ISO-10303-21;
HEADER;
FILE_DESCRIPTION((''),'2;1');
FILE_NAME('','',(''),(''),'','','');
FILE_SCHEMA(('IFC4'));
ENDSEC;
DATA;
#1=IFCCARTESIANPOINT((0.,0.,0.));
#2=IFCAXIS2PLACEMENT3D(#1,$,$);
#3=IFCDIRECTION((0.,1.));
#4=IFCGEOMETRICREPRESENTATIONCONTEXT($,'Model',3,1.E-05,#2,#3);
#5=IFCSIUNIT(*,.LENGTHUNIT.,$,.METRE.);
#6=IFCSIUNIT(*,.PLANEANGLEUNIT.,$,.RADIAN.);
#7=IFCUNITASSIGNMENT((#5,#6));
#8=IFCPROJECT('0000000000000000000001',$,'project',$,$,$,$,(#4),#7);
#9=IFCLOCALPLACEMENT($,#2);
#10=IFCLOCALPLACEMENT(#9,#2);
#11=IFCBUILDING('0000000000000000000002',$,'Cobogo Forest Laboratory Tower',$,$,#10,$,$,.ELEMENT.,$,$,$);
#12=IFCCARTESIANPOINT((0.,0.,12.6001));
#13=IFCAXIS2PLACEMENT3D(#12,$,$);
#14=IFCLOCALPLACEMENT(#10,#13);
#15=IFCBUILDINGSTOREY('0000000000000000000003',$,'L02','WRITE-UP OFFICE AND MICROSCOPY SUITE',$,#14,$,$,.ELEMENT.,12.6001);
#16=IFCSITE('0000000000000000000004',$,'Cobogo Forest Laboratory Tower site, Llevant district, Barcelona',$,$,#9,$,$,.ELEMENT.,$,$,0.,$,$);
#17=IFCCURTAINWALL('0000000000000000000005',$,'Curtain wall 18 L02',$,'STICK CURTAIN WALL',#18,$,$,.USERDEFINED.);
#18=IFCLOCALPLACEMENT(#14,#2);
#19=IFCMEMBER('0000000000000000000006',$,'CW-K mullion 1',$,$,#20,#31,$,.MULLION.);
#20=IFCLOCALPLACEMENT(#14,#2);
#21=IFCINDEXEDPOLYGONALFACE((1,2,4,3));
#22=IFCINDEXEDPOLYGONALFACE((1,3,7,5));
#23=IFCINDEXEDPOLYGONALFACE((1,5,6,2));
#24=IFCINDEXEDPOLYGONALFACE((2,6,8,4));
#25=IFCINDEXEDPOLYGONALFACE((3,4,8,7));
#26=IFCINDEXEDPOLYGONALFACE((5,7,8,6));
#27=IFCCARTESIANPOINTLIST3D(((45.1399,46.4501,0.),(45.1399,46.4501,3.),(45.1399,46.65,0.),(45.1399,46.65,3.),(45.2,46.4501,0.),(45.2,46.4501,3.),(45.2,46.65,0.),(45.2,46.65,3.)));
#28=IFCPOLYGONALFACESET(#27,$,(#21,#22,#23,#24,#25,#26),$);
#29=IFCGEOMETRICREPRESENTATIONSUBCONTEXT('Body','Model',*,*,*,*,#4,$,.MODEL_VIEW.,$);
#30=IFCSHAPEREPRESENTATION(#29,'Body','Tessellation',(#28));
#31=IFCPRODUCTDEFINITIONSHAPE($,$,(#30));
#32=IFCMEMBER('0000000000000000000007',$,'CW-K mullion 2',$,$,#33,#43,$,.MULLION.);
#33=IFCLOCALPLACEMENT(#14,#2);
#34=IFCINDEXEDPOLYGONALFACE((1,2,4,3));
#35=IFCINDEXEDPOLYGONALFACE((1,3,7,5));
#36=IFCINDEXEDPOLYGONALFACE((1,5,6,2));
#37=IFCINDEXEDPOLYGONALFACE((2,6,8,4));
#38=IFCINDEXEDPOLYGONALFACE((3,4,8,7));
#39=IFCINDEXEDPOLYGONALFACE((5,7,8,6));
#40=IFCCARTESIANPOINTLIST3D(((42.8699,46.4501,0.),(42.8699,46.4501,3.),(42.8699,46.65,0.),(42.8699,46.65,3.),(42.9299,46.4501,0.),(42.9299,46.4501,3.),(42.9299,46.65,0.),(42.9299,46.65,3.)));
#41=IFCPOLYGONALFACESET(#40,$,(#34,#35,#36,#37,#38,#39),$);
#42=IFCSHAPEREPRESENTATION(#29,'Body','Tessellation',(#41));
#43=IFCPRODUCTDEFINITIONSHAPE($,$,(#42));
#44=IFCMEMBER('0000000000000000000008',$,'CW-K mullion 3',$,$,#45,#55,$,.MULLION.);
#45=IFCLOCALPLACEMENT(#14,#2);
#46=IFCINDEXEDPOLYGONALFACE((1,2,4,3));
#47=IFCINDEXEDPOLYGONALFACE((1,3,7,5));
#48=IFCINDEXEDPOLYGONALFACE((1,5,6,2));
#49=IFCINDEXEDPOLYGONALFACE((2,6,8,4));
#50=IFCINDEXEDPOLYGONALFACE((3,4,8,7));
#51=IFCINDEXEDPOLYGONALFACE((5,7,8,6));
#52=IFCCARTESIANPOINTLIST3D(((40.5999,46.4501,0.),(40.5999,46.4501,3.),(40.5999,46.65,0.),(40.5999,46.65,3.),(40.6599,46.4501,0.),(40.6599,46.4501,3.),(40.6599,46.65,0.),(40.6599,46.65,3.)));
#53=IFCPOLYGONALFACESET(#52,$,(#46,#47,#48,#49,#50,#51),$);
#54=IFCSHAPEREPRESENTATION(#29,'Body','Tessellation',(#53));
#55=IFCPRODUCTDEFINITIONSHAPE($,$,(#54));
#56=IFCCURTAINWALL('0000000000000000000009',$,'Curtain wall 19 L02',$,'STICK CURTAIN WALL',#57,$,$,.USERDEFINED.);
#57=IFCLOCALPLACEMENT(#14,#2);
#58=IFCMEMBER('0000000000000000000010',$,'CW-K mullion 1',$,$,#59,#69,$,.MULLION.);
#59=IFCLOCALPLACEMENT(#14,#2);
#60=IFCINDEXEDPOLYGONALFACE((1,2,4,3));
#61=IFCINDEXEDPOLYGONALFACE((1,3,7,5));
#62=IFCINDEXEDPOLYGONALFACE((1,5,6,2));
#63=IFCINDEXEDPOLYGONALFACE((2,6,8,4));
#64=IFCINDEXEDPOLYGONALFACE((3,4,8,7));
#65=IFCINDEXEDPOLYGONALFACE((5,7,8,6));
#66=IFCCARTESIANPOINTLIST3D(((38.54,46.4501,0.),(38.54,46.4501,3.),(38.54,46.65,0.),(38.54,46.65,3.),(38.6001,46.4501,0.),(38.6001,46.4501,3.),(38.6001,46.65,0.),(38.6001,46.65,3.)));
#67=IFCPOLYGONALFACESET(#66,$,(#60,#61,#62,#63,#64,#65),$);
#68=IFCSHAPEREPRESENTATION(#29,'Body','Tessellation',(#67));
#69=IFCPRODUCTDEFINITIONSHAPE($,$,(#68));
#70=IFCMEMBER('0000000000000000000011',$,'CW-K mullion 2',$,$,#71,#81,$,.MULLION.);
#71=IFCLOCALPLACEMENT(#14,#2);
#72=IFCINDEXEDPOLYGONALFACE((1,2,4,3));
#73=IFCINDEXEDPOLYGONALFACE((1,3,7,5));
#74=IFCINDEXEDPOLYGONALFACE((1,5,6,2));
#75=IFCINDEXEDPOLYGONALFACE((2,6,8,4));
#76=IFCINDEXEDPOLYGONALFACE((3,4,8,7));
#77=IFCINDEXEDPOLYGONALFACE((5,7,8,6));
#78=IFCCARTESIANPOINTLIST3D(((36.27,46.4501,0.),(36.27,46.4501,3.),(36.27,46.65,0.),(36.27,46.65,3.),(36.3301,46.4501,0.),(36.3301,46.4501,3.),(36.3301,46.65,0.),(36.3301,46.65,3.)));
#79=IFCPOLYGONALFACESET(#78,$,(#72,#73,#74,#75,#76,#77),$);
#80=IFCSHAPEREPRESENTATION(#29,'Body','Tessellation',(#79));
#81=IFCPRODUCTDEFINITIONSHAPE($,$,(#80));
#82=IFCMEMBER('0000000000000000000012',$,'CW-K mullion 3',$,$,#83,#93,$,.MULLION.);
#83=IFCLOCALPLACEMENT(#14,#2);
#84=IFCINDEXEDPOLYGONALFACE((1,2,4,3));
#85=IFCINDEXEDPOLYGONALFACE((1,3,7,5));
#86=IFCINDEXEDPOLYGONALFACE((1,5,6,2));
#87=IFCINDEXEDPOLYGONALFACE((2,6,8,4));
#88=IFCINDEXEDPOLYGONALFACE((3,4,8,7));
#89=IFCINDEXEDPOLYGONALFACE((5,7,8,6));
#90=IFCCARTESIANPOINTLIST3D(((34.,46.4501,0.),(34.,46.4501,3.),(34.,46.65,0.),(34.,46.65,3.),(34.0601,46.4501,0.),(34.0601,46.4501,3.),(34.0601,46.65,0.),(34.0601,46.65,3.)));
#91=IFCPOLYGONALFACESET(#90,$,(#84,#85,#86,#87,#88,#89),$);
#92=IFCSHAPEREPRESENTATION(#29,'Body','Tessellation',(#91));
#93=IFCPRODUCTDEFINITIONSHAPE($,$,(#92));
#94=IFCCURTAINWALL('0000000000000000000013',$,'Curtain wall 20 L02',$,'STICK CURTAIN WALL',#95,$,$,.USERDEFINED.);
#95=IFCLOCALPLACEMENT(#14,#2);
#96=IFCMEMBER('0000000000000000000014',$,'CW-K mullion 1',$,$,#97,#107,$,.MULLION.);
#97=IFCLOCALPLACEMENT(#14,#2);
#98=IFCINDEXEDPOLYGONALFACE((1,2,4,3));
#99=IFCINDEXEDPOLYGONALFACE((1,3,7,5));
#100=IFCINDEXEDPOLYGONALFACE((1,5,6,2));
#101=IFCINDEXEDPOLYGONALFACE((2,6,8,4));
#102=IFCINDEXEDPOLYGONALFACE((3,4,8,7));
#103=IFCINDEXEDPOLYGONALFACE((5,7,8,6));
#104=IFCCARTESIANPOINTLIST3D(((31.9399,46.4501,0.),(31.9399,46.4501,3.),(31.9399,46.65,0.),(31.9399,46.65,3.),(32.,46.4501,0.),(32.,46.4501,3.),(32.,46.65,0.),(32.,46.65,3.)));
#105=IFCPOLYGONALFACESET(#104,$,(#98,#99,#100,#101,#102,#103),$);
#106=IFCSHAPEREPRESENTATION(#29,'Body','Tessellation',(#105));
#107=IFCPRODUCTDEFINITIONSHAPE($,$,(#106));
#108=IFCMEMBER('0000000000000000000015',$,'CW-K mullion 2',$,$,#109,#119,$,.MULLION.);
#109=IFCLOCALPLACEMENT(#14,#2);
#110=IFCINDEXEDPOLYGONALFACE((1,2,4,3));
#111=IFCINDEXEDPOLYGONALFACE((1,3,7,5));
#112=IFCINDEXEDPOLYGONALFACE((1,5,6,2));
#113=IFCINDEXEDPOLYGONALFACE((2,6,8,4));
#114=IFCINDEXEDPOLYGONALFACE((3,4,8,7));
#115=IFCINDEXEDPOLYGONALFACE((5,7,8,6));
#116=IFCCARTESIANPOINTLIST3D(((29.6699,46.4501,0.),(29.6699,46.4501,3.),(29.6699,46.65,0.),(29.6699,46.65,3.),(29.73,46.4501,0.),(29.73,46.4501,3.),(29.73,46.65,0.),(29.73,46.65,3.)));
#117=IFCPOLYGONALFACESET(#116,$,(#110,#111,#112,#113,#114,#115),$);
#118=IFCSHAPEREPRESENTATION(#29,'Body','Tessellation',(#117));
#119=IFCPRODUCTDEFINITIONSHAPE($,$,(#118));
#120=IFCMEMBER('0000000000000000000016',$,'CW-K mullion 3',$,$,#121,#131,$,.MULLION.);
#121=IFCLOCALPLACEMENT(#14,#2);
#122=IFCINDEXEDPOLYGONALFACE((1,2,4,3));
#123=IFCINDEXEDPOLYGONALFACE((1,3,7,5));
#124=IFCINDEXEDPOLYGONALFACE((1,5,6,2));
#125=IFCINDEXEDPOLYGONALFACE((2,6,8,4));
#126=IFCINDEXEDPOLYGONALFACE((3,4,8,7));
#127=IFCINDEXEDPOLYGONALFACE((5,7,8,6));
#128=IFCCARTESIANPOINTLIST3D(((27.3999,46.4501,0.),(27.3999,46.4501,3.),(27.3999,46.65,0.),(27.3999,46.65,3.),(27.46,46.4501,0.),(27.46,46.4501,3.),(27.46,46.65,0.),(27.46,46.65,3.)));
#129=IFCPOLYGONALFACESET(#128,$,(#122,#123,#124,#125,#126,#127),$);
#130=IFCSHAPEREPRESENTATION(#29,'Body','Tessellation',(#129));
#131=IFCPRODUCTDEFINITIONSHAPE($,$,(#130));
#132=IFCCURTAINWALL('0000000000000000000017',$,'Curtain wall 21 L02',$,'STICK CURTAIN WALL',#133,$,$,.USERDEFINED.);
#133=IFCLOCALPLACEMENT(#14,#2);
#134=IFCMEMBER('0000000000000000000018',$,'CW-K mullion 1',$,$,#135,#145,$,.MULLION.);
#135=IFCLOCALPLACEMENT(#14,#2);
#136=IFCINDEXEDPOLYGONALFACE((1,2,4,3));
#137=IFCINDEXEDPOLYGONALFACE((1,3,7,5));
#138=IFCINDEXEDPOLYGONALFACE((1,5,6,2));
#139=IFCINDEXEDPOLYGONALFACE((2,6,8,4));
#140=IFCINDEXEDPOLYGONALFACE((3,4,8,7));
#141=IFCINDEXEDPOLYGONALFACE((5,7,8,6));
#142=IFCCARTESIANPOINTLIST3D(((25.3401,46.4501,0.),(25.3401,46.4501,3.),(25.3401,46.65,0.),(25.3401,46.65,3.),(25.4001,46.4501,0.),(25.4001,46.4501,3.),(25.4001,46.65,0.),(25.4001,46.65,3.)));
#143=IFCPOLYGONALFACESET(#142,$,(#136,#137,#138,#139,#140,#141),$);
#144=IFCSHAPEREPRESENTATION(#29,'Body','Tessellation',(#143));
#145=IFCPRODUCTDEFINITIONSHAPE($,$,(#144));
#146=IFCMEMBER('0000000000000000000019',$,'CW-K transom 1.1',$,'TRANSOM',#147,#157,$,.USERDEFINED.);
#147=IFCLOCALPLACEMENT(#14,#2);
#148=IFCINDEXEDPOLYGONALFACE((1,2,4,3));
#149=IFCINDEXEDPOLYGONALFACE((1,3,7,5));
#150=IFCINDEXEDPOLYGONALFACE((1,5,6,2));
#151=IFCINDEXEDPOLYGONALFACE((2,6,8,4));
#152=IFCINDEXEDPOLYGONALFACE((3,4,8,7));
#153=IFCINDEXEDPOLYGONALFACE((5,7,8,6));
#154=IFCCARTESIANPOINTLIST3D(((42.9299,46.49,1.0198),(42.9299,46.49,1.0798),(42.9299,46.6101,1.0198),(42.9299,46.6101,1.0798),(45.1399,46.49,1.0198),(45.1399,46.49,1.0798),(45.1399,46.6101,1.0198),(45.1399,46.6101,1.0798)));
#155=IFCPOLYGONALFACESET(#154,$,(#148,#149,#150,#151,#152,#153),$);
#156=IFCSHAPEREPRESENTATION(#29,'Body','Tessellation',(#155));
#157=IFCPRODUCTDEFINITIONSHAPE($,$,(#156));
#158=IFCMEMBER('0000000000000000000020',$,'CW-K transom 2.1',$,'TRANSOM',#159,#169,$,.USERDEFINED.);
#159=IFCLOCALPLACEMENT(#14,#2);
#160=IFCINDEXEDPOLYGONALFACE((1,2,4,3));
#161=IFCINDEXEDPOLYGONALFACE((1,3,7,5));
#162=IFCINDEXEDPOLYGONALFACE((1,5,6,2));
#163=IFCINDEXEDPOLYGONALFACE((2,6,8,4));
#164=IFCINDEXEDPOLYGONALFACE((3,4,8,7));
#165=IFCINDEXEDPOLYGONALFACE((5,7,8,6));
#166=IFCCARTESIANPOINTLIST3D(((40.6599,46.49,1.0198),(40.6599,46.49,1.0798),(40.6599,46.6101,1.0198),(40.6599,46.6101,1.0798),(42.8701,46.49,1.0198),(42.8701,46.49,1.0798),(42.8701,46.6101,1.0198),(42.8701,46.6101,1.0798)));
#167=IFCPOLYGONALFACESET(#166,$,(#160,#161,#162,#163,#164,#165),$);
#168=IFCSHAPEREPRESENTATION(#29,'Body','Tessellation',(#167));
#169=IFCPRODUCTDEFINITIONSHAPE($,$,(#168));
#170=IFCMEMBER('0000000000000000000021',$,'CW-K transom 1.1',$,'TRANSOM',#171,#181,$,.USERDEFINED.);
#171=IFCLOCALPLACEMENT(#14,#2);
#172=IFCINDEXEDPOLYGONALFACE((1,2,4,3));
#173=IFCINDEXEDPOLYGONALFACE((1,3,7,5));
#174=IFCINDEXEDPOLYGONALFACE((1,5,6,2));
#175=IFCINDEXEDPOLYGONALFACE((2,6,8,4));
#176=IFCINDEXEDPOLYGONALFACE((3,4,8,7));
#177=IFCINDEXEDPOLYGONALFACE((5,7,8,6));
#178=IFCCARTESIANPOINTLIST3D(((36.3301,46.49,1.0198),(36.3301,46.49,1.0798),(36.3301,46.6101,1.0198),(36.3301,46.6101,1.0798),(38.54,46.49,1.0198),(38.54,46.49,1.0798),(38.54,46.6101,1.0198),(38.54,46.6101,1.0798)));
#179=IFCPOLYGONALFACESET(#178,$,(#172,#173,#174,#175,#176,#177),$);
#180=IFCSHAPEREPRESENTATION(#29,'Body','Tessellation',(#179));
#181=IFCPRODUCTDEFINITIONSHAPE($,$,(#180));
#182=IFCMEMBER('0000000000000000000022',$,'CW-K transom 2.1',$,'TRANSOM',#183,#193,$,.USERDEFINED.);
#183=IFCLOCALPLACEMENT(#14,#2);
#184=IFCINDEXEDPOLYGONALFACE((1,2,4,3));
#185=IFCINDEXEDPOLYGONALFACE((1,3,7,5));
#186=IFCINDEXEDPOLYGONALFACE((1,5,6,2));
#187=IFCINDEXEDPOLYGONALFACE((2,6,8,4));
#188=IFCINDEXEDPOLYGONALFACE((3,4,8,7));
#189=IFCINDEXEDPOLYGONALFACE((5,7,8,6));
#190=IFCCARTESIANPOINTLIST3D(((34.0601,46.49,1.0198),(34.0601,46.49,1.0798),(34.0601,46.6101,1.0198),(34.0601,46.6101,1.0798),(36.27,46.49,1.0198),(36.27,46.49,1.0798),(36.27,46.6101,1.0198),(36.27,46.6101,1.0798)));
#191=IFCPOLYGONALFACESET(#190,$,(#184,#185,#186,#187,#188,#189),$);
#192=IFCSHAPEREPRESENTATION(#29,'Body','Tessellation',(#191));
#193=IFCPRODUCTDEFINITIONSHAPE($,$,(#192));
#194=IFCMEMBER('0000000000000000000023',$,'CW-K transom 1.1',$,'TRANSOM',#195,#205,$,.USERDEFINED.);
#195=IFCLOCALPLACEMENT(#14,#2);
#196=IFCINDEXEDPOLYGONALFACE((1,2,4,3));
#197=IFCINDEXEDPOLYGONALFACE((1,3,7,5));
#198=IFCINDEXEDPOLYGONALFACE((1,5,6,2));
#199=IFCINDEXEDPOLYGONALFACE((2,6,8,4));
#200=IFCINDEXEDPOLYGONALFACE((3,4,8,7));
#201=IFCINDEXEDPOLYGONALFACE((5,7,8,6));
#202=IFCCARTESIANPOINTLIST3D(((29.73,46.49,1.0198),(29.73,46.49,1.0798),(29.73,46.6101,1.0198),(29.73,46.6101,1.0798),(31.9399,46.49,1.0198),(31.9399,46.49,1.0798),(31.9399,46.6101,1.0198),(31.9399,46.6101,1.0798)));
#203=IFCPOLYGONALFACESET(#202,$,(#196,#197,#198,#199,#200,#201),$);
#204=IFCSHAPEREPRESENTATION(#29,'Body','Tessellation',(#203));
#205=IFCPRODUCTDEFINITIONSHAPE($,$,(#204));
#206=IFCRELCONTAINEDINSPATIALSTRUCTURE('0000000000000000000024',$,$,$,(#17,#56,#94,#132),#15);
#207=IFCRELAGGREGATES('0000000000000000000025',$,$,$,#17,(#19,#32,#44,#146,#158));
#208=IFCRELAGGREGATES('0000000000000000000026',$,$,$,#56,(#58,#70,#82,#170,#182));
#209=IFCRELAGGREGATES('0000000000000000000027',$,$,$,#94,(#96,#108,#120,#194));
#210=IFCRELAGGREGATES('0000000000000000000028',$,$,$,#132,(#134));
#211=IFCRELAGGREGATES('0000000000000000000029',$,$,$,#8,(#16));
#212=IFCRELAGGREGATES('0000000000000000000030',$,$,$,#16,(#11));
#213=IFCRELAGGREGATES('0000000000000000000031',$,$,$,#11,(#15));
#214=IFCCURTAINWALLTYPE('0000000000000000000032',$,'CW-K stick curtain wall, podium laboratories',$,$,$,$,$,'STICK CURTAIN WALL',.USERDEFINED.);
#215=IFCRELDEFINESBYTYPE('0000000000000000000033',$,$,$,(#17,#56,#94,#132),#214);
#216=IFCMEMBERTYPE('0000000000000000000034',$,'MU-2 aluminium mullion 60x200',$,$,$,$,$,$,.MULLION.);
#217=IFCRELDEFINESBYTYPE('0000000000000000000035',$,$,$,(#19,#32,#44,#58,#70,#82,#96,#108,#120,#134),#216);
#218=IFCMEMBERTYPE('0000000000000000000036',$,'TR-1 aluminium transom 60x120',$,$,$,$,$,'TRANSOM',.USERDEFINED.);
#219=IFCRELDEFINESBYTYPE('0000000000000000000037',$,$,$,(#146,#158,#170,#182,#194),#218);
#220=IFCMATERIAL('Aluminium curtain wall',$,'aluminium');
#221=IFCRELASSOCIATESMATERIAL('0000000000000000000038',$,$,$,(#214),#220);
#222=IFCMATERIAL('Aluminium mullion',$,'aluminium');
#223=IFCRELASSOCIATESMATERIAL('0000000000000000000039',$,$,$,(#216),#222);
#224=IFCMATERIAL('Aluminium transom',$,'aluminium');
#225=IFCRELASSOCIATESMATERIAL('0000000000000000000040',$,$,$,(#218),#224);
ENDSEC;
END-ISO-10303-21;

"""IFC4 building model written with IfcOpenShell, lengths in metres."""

from ifc_helpers import new_model, si_unit, direction, frame, origin, origin_2d, place, context, subcontext, project, spatial, rectangle, extrude, material, material_profile, profile_set, type_object, element, aggregate, save


model = new_model("IFC4")

# Units and contexts
model_context = context("Model", 3, precision=1e-05, world=origin(), true_north=direction((0.0, 1.0)))
body_context = subcontext(model_context, "Body", "Model", "MODEL_VIEW")
ifc_project = project(units=[si_unit("LENGTHUNIT", "METRE"), si_unit("PLANEANGLEUNIT", "RADIAN")], contexts=[model_context])

# Site, building, storey
site_placement = place(None, origin())
site = spatial("IfcSite", under=ifc_project, at=site_placement, Name="Cobogo Forest Laboratory Tower site, Llevant district, Barcelona", CompositionType="ELEMENT", RefElevation=0.0)
building_placement = place(site_placement, origin())
building = spatial("IfcBuilding", under=site, at=building_placement, Name="Cobogo Forest Laboratory Tower", CompositionType="ELEMENT")
storey_placement = place(building_placement, frame((0.0, 0.0, 12.6001)))
storey = spatial("IfcBuildingStorey", under=building, at=storey_placement, Name="L02", Description="WRITE-UP OFFICE AND MICROSCOPY SUITE", CompositionType="ELEMENT", Elevation=12.6001)

# Curtain walls, members
ifc_material_1 = material(Name="Aluminium curtain wall", Category="aluminium")
curtain_wall_type = type_object("IfcCurtainWallType", Name="CW-K stick curtain wall, podium laboratories", ElementType="STICK CURTAIN WALL", PredefinedType="USERDEFINED", material=ifc_material_1)
curtain_wall_1_placement = place(storey_placement, origin())
curtain_wall_1 = element("IfcCurtainWall", 1, at=curtain_wall_1_placement, inside=storey, type_object=curtain_wall_type, Name="Curtain wall 18 L02", ObjectType="STICK CURTAIN WALL", PredefinedType="USERDEFINED")
ifc_material_2 = material(Name="Aluminium mullion", Category="aluminium")
ifc_material_profile_1 = material_profile(ifc_material_2, rectangle(XDim=0.0601, YDim=0.2, at=origin_2d()), Name="AL 60x200")
ifc_profile_set_1 = profile_set([ifc_material_profile_1], Name="Aluminium mullion")
member_type_1 = type_object("IfcMemberType", Name="MU-2 aluminium mullion 60x200", PredefinedType="MULLION", material=ifc_profile_set_1)
member_1_placement = place(storey_placement, frame((45.1699, 46.55, 0.0), z_axis=(0.0, 0.0, 1.0), x_axis=(-1.0, 0.0, 0.0)))
member_1 = element("IfcMember", 2, at=member_1_placement, type_object=member_type_1, Name="CW-K mullion 1", PredefinedType="MULLION", context=body_context, shape_type="SweptSolid", body=[
    extrude(rectangle(XDim=0.0601, YDim=0.2, at=origin_2d()), origin(), (0.0, 0.0, 1.0), 3.0),
])
member_2_placement = place(storey_placement, frame((42.8999, 46.55, 0.0), z_axis=(0.0, 0.0, 1.0), x_axis=(-1.0, 0.0, 0.0)))
member_2 = element("IfcMember", 3, at=member_2_placement, type_object=member_type_1, Name="CW-K mullion 2", PredefinedType="MULLION", context=body_context, shape_type="SweptSolid", body=[
    extrude(rectangle(XDim=0.0601, YDim=0.2, at=origin_2d()), origin(), (0.0, 0.0, 1.0), 3.0),
])
member_3_placement = place(storey_placement, frame((40.6299, 46.55, 0.0), z_axis=(0.0, 0.0, 1.0), x_axis=(-1.0, 0.0, 0.0)))
member_3 = element("IfcMember", 4, at=member_3_placement, type_object=member_type_1, Name="CW-K mullion 3", PredefinedType="MULLION", context=body_context, shape_type="SweptSolid", body=[
    extrude(rectangle(XDim=0.0601, YDim=0.2, at=origin_2d()), origin(), (0.0, 0.0, 1.0), 3.0),
])
curtain_wall_2_placement = place(storey_placement, origin())
curtain_wall_2 = element("IfcCurtainWall", 5, at=curtain_wall_2_placement, inside=storey, type_object=curtain_wall_type, Name="Curtain wall 19 L02", ObjectType="STICK CURTAIN WALL", PredefinedType="USERDEFINED")
member_4_placement = place(storey_placement, frame((38.5701, 46.55, 0.0), z_axis=(0.0, 0.0, 1.0), x_axis=(-1.0, 0.0, 0.0)))
member_4 = element("IfcMember", 6, at=member_4_placement, type_object=member_type_1, Name="CW-K mullion 1", PredefinedType="MULLION", context=body_context, shape_type="SweptSolid", body=[
    extrude(rectangle(XDim=0.0601, YDim=0.2, at=origin_2d()), origin(), (0.0, 0.0, 1.0), 3.0),
])
member_5_placement = place(storey_placement, frame((36.3, 46.55, 0.0), z_axis=(0.0, 0.0, 1.0), x_axis=(-1.0, 0.0, 0.0)))
member_5 = element("IfcMember", 7, at=member_5_placement, type_object=member_type_1, Name="CW-K mullion 2", PredefinedType="MULLION", context=body_context, shape_type="SweptSolid", body=[
    extrude(rectangle(XDim=0.0601, YDim=0.2, at=origin_2d()), origin(), (0.0, 0.0, 1.0), 3.0),
])
member_6_placement = place(storey_placement, frame((34.03, 46.55, 0.0), z_axis=(0.0, 0.0, 1.0), x_axis=(-1.0, 0.0, 0.0)))
member_6 = element("IfcMember", 8, at=member_6_placement, type_object=member_type_1, Name="CW-K mullion 3", PredefinedType="MULLION", context=body_context, shape_type="SweptSolid", body=[
    extrude(rectangle(XDim=0.0601, YDim=0.2, at=origin_2d()), origin(), (0.0, 0.0, 1.0), 3.0),
])
curtain_wall_3_placement = place(storey_placement, origin())
curtain_wall_3 = element("IfcCurtainWall", 9, at=curtain_wall_3_placement, inside=storey, type_object=curtain_wall_type, Name="Curtain wall 20 L02", ObjectType="STICK CURTAIN WALL", PredefinedType="USERDEFINED")
member_7_placement = place(storey_placement, frame((31.97, 46.55, 0.0), z_axis=(0.0, 0.0, 1.0), x_axis=(-1.0, 0.0, 0.0)))
member_7 = element("IfcMember", 10, at=member_7_placement, type_object=member_type_1, Name="CW-K mullion 1", PredefinedType="MULLION", context=body_context, shape_type="SweptSolid", body=[
    extrude(rectangle(XDim=0.0601, YDim=0.2, at=origin_2d()), origin(), (0.0, 0.0, 1.0), 3.0),
])
member_8_placement = place(storey_placement, frame((29.7, 46.55, 0.0), z_axis=(0.0, 0.0, 1.0), x_axis=(-1.0, 0.0, 0.0)))
member_8 = element("IfcMember", 11, at=member_8_placement, type_object=member_type_1, Name="CW-K mullion 2", PredefinedType="MULLION", context=body_context, shape_type="SweptSolid", body=[
    extrude(rectangle(XDim=0.0601, YDim=0.2, at=origin_2d()), origin(), (0.0, 0.0, 1.0), 3.0),
])
member_9_placement = place(storey_placement, frame((27.4299, 46.55, 0.0), z_axis=(0.0, 0.0, 1.0), x_axis=(-1.0, 0.0, 0.0)))
member_9 = element("IfcMember", 12, at=member_9_placement, type_object=member_type_1, Name="CW-K mullion 3", PredefinedType="MULLION", context=body_context, shape_type="SweptSolid", body=[
    extrude(rectangle(XDim=0.0601, YDim=0.2, at=origin_2d()), origin(), (0.0, 0.0, 1.0), 3.0),
])

# Curtain wall, member
curtain_wall_4_placement = place(storey_placement, origin())
curtain_wall_4 = element("IfcCurtainWall", 13, at=curtain_wall_4_placement, inside=storey, type_object=curtain_wall_type, Name="Curtain wall 21 L02", ObjectType="STICK CURTAIN WALL", PredefinedType="USERDEFINED")
member_10_placement = place(storey_placement, frame((25.3701, 46.55, 0.0), z_axis=(0.0, 0.0, 1.0), x_axis=(-1.0, 0.0, 0.0)))
member_10 = element("IfcMember", 14, at=member_10_placement, type_object=member_type_1, Name="CW-K mullion 1", PredefinedType="MULLION", context=body_context, shape_type="SweptSolid", body=[
    extrude(rectangle(XDim=0.0601, YDim=0.2, at=origin_2d()), origin(), (0.0, 0.0, 1.0), 3.0),
])

# Members
ifc_material_3 = material(Name="Aluminium transom", Category="aluminium")
ifc_material_profile_2 = material_profile(ifc_material_3, rectangle(XDim=0.1201, YDim=0.0601, at=origin_2d()), Name="AL 60x120")
ifc_profile_set_2 = profile_set([ifc_material_profile_2], Name="Aluminium transom")
member_type_2 = type_object("IfcMemberType", Name="TR-1 aluminium transom 60x120", ElementType="TRANSOM", PredefinedType="USERDEFINED", material=ifc_profile_set_2)
member_11_placement = place(storey_placement, frame((45.1399, 46.55, 1.0498), z_axis=(-1.0, 0.0, 0.0), x_axis=(0.0, -1.0, 0.0)))
member_11 = element("IfcMember", 15, at=member_11_placement, type_object=member_type_2, Name="CW-K transom 1.1", ObjectType="TRANSOM", PredefinedType="USERDEFINED", context=body_context, shape_type="SweptSolid", body=[
    extrude(rectangle(XDim=0.1201, YDim=0.0601, at=origin_2d()), origin(), (0.0, 0.0, 1.0), 2.21),
])
member_12_placement = place(storey_placement, frame((42.8701, 46.55, 1.0498), z_axis=(-1.0, 0.0, 0.0), x_axis=(0.0, -1.0, 0.0)))
member_12 = element("IfcMember", 16, at=member_12_placement, type_object=member_type_2, Name="CW-K transom 2.1", ObjectType="TRANSOM", PredefinedType="USERDEFINED", context=body_context, shape_type="SweptSolid", body=[
    extrude(rectangle(XDim=0.1201, YDim=0.0601, at=origin_2d()), origin(), (0.0, 0.0, 1.0), 2.2102),
])
member_13_placement = place(storey_placement, frame((38.54, 46.55, 1.0498), z_axis=(-1.0, 0.0, 0.0), x_axis=(0.0, -1.0, 0.0)))
member_13 = element("IfcMember", 17, at=member_13_placement, type_object=member_type_2, Name="CW-K transom 1.1", ObjectType="TRANSOM", PredefinedType="USERDEFINED", context=body_context, shape_type="SweptSolid", body=[
    extrude(rectangle(XDim=0.1201, YDim=0.0601, at=origin_2d()), origin(), (0.0, 0.0, 1.0), 2.21),
])
member_14_placement = place(storey_placement, frame((36.27, 46.55, 1.0498), z_axis=(-1.0, 0.0, 0.0), x_axis=(0.0, -1.0, 0.0)))
member_14 = element("IfcMember", 18, at=member_14_placement, type_object=member_type_2, Name="CW-K transom 2.1", ObjectType="TRANSOM", PredefinedType="USERDEFINED", context=body_context, shape_type="SweptSolid", body=[
    extrude(rectangle(XDim=0.1201, YDim=0.0601, at=origin_2d()), origin(), (0.0, 0.0, 1.0), 2.21),
])
member_15_placement = place(storey_placement, frame((31.9399, 46.55, 1.0498), z_axis=(-1.0, 0.0, 0.0), x_axis=(0.0, -1.0, 0.0)))
member_15 = element("IfcMember", 19, at=member_15_placement, type_object=member_type_2, Name="CW-K transom 1.1", ObjectType="TRANSOM", PredefinedType="USERDEFINED", context=body_context, shape_type="SweptSolid", body=[
    extrude(rectangle(XDim=0.1201, YDim=0.0601, at=origin_2d()), origin(), (0.0, 0.0, 1.0), 2.21),
])

aggregate(curtain_wall_1, [member_1, member_2, member_3, member_11, member_12])
aggregate(curtain_wall_2, [member_4, member_5, member_6, member_13, member_14])
aggregate(curtain_wall_3, [member_7, member_8, member_9, member_15])
aggregate(curtain_wall_4, [member_10])

save(model, "model.ifc")
